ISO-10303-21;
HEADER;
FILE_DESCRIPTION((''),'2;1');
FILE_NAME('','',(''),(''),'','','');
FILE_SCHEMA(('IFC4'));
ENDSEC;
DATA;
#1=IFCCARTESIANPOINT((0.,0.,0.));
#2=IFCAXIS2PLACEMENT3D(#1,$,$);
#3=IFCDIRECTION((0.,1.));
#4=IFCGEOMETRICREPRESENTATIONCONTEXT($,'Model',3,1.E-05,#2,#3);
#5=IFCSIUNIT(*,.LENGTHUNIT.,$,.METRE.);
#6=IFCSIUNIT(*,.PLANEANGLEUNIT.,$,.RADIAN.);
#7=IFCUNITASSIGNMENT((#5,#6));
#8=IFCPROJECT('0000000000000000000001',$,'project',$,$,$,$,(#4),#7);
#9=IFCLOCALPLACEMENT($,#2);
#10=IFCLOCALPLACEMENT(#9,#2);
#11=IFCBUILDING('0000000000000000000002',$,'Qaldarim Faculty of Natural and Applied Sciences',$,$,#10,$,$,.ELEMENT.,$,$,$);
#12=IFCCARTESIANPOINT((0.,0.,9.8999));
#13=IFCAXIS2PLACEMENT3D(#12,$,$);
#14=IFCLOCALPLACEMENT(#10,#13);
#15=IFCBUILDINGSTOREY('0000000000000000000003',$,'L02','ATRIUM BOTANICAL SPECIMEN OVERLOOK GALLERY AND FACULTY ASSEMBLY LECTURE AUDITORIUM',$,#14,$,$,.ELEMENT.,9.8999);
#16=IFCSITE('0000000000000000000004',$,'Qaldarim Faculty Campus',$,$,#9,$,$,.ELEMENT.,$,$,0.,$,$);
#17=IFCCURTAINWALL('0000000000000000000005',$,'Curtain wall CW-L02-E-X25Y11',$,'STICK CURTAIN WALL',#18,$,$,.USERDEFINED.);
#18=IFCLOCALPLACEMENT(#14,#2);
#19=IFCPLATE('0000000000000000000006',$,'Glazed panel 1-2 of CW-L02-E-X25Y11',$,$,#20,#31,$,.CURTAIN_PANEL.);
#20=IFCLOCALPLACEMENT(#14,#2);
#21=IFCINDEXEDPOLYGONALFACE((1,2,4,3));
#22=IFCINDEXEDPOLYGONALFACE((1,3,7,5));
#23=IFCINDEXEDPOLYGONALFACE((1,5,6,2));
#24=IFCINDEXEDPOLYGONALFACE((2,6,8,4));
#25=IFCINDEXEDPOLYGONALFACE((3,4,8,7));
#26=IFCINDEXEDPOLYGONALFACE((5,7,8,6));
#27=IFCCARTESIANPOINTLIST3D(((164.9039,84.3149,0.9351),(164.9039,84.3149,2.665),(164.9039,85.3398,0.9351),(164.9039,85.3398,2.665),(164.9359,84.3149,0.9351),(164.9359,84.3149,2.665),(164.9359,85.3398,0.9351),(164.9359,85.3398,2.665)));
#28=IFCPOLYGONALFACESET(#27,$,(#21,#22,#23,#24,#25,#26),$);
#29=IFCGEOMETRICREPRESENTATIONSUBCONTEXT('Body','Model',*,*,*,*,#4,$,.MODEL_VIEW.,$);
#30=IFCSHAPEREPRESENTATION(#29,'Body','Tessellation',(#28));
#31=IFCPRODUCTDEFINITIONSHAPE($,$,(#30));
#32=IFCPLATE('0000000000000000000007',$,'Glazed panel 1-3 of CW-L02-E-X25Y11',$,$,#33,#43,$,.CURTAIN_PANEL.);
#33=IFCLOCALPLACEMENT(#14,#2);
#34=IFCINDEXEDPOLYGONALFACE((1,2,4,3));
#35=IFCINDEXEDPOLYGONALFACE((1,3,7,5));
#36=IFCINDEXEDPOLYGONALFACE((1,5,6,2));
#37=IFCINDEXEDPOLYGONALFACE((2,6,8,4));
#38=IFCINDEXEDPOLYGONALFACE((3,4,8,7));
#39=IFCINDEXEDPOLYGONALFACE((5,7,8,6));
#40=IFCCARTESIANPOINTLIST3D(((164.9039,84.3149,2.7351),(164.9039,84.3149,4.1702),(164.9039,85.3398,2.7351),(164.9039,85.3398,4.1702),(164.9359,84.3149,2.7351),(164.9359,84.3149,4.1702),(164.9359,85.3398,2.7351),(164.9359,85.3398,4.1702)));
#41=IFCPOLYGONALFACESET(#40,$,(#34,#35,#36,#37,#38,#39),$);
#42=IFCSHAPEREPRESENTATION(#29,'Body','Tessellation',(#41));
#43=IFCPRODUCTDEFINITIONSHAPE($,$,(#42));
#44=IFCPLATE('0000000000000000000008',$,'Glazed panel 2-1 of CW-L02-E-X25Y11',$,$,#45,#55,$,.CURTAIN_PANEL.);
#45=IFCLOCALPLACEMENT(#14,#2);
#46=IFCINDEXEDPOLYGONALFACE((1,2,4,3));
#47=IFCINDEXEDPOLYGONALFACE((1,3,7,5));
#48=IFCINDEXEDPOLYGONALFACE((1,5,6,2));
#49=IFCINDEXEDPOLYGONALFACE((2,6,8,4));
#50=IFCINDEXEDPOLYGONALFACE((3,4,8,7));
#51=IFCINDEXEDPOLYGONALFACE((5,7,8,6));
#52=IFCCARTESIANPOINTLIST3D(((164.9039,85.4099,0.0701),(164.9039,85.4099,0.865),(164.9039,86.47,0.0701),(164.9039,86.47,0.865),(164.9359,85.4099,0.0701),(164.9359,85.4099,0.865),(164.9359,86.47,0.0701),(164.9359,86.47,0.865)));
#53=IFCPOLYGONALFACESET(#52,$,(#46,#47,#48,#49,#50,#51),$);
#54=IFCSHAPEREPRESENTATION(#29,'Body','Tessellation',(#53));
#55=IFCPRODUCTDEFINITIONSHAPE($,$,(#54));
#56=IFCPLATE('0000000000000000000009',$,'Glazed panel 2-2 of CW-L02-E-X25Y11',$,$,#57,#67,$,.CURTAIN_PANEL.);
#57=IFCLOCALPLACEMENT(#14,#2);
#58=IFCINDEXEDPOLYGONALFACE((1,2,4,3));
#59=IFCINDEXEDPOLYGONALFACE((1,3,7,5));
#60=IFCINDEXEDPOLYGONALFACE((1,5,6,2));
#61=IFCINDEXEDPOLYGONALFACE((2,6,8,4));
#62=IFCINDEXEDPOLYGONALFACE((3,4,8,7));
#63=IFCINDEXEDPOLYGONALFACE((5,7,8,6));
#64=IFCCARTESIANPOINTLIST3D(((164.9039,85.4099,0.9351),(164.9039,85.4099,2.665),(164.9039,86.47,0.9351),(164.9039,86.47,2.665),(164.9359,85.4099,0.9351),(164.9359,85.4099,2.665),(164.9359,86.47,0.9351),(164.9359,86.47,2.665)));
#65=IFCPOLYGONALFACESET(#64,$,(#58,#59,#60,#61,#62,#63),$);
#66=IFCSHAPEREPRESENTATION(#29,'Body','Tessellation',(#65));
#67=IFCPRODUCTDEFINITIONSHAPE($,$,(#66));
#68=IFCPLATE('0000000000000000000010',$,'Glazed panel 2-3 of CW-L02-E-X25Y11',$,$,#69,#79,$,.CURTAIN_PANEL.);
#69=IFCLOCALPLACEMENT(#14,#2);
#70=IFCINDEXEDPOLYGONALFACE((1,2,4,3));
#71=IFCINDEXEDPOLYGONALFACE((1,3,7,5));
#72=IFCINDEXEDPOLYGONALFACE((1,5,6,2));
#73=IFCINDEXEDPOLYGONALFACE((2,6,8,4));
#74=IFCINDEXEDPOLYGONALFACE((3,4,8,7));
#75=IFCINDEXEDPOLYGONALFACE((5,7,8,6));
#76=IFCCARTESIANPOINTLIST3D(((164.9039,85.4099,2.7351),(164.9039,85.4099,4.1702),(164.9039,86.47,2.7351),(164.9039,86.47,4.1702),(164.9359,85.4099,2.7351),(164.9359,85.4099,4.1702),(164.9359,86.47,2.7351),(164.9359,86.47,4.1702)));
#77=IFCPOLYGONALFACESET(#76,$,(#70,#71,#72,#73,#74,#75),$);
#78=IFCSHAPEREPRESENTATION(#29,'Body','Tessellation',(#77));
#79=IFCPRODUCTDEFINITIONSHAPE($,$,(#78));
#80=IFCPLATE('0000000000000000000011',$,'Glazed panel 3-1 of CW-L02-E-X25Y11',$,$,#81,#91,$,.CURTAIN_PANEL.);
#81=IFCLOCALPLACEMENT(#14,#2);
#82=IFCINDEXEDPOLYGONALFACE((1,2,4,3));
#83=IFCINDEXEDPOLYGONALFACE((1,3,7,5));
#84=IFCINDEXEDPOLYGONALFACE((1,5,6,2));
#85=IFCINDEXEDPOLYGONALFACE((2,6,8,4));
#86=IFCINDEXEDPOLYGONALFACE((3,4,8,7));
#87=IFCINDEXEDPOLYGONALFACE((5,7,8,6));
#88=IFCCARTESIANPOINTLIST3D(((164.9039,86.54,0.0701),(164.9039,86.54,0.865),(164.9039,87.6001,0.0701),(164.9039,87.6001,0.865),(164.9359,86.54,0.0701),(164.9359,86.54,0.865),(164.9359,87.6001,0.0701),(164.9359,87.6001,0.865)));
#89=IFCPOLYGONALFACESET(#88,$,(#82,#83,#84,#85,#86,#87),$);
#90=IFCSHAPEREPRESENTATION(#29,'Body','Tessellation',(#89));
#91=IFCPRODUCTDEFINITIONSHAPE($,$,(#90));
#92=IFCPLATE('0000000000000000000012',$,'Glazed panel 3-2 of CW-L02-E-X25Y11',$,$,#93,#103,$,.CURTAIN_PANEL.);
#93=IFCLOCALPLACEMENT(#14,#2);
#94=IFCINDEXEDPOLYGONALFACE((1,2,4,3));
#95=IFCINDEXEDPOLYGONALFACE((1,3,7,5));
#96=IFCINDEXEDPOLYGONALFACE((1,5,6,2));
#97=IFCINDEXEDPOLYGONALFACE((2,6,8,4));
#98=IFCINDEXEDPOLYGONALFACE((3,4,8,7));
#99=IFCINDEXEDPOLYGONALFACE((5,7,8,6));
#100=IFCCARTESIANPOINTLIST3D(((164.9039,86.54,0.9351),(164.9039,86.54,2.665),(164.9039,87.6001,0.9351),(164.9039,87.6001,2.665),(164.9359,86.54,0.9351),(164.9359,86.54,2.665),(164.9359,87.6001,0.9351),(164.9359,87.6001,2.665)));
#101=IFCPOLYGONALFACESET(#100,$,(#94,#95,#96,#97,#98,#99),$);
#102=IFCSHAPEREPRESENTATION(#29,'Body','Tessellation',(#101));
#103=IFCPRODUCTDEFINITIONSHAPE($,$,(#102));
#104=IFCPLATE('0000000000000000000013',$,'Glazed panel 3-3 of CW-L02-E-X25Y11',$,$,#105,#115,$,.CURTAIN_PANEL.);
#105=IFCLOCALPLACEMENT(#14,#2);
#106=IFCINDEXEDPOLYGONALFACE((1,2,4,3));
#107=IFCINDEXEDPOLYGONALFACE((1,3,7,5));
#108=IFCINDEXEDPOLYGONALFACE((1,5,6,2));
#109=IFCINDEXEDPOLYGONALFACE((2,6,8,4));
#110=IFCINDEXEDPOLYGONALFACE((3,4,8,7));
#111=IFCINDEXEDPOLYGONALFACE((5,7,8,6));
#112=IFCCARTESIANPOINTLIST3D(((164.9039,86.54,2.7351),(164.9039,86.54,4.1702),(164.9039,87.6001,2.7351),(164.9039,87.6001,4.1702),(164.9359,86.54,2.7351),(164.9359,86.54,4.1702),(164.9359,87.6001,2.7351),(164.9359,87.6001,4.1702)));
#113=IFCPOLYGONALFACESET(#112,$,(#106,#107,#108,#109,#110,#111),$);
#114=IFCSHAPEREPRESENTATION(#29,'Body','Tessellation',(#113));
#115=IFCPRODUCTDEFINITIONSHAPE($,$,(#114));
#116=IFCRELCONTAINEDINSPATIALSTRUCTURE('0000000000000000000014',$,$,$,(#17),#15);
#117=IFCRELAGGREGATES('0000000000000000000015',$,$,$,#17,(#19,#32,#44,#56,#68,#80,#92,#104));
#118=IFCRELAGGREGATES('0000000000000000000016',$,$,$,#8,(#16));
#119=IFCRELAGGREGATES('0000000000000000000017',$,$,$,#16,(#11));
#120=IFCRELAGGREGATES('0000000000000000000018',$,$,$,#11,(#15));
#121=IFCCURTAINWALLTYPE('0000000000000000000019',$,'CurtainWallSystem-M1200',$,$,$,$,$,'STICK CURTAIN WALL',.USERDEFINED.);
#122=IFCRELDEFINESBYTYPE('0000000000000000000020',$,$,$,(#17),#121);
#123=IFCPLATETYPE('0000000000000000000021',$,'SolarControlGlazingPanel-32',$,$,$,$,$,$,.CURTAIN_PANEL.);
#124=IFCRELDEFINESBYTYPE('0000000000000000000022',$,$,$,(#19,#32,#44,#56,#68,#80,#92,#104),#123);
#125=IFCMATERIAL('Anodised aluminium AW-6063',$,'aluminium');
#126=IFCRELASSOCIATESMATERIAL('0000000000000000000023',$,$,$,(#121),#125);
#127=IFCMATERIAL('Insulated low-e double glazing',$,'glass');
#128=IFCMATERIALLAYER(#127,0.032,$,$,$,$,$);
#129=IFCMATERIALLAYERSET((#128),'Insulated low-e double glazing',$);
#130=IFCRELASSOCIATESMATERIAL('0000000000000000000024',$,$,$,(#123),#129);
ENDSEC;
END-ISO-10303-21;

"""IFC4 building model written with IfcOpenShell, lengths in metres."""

from ifc_helpers import new_model, si_unit, direction, frame, origin, origin_2d, place, context, subcontext, project, spatial, rectangle, extrude, material, layer, layer_set, type_object, element, aggregate, save


model = new_model("IFC4")

# Units and contexts
model_context = context("Model", 3, precision=1e-05, world=origin(), true_north=direction((0.0, 1.0)))
body_context = subcontext(model_context, "Body", "Model", "MODEL_VIEW")
ifc_project = project(units=[si_unit("LENGTHUNIT", "METRE"), si_unit("PLANEANGLEUNIT", "RADIAN")], contexts=[model_context])

# Site, building, storey
site_placement = place(None, origin())
site = spatial("IfcSite", under=ifc_project, at=site_placement, Name="Qaldarim Faculty Campus", CompositionType="ELEMENT", RefElevation=0.0)
building_placement = place(site_placement, origin())
building = spatial("IfcBuilding", under=site, at=building_placement, Name="Qaldarim Faculty of Natural and Applied Sciences", CompositionType="ELEMENT")
storey_placement = place(building_placement, frame((0.0, 0.0, 9.8999)))
storey = spatial("IfcBuildingStorey", under=building, at=storey_placement, Name="L02", Description="ATRIUM BOTANICAL SPECIMEN OVERLOOK GALLERY AND FACULTY ASSEMBLY LECTURE AUDITORIUM", CompositionType="ELEMENT", Elevation=9.8999)

# Curtain wall, plates
ifc_material_1 = material(Name="Anodised aluminium AW-6063", Category="aluminium")
curtain_wall_type = type_object("IfcCurtainWallType", Name="CurtainWallSystem-M1200", ElementType="STICK CURTAIN WALL", PredefinedType="USERDEFINED", material=ifc_material_1)
curtain_wall_placement = place(storey_placement, origin())
curtain_wall = element("IfcCurtainWall", 1, at=curtain_wall_placement, inside=storey, type_object=curtain_wall_type, Name="Curtain wall CW-L02-E-X25Y11", ObjectType="STICK CURTAIN WALL", PredefinedType="USERDEFINED")
ifc_material_2 = material(Name="Insulated low-e double glazing", Category="glass")
ifc_layer = layer(ifc_material_2, 0.032)
ifc_layer_set = layer_set([ifc_layer], Name="Insulated low-e double glazing")
plate_type = type_object("IfcPlateType", Name="SolarControlGlazingPanel-32", PredefinedType="CURTAIN_PANEL", material=ifc_layer_set)
plate_1_placement = place(storey_placement, frame((164.9199, 84.8274, 0.9351), z_axis=(0.0, 0.0, 1.0), x_axis=(0.0, 1.0, 0.0)))
plate_1 = element("IfcPlate", 2, at=plate_1_placement, type_object=plate_type, Name="Glazed panel 1-2 of CW-L02-E-X25Y11", PredefinedType="CURTAIN_PANEL", context=body_context, shape_type="SweptSolid", body=[
    extrude(rectangle(XDim=1.0249, YDim=0.032, at=origin_2d()), origin(), (0.0, 0.0, 1.0), 1.73),
])
plate_2_placement = place(storey_placement, frame((164.9199, 84.8274, 2.7351), z_axis=(0.0, 0.0, 1.0), x_axis=(0.0, 1.0, 0.0)))
plate_2 = element("IfcPlate", 3, at=plate_2_placement, type_object=plate_type, Name="Glazed panel 1-3 of CW-L02-E-X25Y11", PredefinedType="CURTAIN_PANEL", context=body_context, shape_type="SweptSolid", body=[
    extrude(rectangle(XDim=1.0249, YDim=0.032, at=origin_2d()), origin(), (0.0, 0.0, 1.0), 1.4351),
])
plate_3_placement = place(storey_placement, frame((164.9199, 85.9399, 0.0701), z_axis=(0.0, 0.0, 1.0), x_axis=(0.0, 1.0, 0.0)))
plate_3 = element("IfcPlate", 4, at=plate_3_placement, type_object=plate_type, Name="Glazed panel 2-1 of CW-L02-E-X25Y11", PredefinedType="CURTAIN_PANEL", context=body_context, shape_type="SweptSolid", body=[
    extrude(rectangle(XDim=1.0601, YDim=0.032, at=origin_2d()), origin(), (0.0, 0.0, 1.0), 0.7949),
])
plate_4_placement = place(storey_placement, frame((164.9199, 85.9399, 0.9351), z_axis=(0.0, 0.0, 1.0), x_axis=(0.0, 1.0, 0.0)))
plate_4 = element("IfcPlate", 5, at=plate_4_placement, type_object=plate_type, Name="Glazed panel 2-2 of CW-L02-E-X25Y11", PredefinedType="CURTAIN_PANEL", context=body_context, shape_type="SweptSolid", body=[
    extrude(rectangle(XDim=1.0601, YDim=0.032, at=origin_2d()), origin(), (0.0, 0.0, 1.0), 1.73),
])
plate_5_placement = place(storey_placement, frame((164.9199, 85.9399, 2.7351), z_axis=(0.0, 0.0, 1.0), x_axis=(0.0, 1.0, 0.0)))
plate_5 = element("IfcPlate", 6, at=plate_5_placement, type_object=plate_type, Name="Glazed panel 2-3 of CW-L02-E-X25Y11", PredefinedType="CURTAIN_PANEL", context=body_context, shape_type="SweptSolid", body=[
    extrude(rectangle(XDim=1.0601, YDim=0.032, at=origin_2d()), origin(), (0.0, 0.0, 1.0), 1.4351),
])
plate_6_placement = place(storey_placement, frame((164.9199, 87.0701, 0.0701), z_axis=(0.0, 0.0, 1.0), x_axis=(0.0, 1.0, 0.0)))
plate_6 = element("IfcPlate", 7, at=plate_6_placement, type_object=plate_type, Name="Glazed panel 3-1 of CW-L02-E-X25Y11", PredefinedType="CURTAIN_PANEL", context=body_context, shape_type="SweptSolid", body=[
    extrude(rectangle(XDim=1.0601, YDim=0.032, at=origin_2d()), origin(), (0.0, 0.0, 1.0), 0.7949),
])
plate_7_placement = place(storey_placement, frame((164.9199, 87.0701, 0.9351), z_axis=(0.0, 0.0, 1.0), x_axis=(0.0, 1.0, 0.0)))
plate_7 = element("IfcPlate", 8, at=plate_7_placement, type_object=plate_type, Name="Glazed panel 3-2 of CW-L02-E-X25Y11", PredefinedType="CURTAIN_PANEL", context=body_context, shape_type="SweptSolid", body=[
    extrude(rectangle(XDim=1.0601, YDim=0.032, at=origin_2d()), origin(), (0.0, 0.0, 1.0), 1.73),
])
plate_8_placement = place(storey_placement, frame((164.9199, 87.0701, 2.7351), z_axis=(0.0, 0.0, 1.0), x_axis=(0.0, 1.0, 0.0)))
plate_8 = element("IfcPlate", 9, at=plate_8_placement, type_object=plate_type, Name="Glazed panel 3-3 of CW-L02-E-X25Y11", PredefinedType="CURTAIN_PANEL", context=body_context, shape_type="SweptSolid", body=[
    extrude(rectangle(XDim=1.0601, YDim=0.032, at=origin_2d()), origin(), (0.0, 0.0, 1.0), 1.4351),
])
aggregate(curtain_wall, [plate_1, plate_2, plate_3, plate_4, plate_5, plate_6, plate_7, plate_8])

save(model, "model.ifc")
